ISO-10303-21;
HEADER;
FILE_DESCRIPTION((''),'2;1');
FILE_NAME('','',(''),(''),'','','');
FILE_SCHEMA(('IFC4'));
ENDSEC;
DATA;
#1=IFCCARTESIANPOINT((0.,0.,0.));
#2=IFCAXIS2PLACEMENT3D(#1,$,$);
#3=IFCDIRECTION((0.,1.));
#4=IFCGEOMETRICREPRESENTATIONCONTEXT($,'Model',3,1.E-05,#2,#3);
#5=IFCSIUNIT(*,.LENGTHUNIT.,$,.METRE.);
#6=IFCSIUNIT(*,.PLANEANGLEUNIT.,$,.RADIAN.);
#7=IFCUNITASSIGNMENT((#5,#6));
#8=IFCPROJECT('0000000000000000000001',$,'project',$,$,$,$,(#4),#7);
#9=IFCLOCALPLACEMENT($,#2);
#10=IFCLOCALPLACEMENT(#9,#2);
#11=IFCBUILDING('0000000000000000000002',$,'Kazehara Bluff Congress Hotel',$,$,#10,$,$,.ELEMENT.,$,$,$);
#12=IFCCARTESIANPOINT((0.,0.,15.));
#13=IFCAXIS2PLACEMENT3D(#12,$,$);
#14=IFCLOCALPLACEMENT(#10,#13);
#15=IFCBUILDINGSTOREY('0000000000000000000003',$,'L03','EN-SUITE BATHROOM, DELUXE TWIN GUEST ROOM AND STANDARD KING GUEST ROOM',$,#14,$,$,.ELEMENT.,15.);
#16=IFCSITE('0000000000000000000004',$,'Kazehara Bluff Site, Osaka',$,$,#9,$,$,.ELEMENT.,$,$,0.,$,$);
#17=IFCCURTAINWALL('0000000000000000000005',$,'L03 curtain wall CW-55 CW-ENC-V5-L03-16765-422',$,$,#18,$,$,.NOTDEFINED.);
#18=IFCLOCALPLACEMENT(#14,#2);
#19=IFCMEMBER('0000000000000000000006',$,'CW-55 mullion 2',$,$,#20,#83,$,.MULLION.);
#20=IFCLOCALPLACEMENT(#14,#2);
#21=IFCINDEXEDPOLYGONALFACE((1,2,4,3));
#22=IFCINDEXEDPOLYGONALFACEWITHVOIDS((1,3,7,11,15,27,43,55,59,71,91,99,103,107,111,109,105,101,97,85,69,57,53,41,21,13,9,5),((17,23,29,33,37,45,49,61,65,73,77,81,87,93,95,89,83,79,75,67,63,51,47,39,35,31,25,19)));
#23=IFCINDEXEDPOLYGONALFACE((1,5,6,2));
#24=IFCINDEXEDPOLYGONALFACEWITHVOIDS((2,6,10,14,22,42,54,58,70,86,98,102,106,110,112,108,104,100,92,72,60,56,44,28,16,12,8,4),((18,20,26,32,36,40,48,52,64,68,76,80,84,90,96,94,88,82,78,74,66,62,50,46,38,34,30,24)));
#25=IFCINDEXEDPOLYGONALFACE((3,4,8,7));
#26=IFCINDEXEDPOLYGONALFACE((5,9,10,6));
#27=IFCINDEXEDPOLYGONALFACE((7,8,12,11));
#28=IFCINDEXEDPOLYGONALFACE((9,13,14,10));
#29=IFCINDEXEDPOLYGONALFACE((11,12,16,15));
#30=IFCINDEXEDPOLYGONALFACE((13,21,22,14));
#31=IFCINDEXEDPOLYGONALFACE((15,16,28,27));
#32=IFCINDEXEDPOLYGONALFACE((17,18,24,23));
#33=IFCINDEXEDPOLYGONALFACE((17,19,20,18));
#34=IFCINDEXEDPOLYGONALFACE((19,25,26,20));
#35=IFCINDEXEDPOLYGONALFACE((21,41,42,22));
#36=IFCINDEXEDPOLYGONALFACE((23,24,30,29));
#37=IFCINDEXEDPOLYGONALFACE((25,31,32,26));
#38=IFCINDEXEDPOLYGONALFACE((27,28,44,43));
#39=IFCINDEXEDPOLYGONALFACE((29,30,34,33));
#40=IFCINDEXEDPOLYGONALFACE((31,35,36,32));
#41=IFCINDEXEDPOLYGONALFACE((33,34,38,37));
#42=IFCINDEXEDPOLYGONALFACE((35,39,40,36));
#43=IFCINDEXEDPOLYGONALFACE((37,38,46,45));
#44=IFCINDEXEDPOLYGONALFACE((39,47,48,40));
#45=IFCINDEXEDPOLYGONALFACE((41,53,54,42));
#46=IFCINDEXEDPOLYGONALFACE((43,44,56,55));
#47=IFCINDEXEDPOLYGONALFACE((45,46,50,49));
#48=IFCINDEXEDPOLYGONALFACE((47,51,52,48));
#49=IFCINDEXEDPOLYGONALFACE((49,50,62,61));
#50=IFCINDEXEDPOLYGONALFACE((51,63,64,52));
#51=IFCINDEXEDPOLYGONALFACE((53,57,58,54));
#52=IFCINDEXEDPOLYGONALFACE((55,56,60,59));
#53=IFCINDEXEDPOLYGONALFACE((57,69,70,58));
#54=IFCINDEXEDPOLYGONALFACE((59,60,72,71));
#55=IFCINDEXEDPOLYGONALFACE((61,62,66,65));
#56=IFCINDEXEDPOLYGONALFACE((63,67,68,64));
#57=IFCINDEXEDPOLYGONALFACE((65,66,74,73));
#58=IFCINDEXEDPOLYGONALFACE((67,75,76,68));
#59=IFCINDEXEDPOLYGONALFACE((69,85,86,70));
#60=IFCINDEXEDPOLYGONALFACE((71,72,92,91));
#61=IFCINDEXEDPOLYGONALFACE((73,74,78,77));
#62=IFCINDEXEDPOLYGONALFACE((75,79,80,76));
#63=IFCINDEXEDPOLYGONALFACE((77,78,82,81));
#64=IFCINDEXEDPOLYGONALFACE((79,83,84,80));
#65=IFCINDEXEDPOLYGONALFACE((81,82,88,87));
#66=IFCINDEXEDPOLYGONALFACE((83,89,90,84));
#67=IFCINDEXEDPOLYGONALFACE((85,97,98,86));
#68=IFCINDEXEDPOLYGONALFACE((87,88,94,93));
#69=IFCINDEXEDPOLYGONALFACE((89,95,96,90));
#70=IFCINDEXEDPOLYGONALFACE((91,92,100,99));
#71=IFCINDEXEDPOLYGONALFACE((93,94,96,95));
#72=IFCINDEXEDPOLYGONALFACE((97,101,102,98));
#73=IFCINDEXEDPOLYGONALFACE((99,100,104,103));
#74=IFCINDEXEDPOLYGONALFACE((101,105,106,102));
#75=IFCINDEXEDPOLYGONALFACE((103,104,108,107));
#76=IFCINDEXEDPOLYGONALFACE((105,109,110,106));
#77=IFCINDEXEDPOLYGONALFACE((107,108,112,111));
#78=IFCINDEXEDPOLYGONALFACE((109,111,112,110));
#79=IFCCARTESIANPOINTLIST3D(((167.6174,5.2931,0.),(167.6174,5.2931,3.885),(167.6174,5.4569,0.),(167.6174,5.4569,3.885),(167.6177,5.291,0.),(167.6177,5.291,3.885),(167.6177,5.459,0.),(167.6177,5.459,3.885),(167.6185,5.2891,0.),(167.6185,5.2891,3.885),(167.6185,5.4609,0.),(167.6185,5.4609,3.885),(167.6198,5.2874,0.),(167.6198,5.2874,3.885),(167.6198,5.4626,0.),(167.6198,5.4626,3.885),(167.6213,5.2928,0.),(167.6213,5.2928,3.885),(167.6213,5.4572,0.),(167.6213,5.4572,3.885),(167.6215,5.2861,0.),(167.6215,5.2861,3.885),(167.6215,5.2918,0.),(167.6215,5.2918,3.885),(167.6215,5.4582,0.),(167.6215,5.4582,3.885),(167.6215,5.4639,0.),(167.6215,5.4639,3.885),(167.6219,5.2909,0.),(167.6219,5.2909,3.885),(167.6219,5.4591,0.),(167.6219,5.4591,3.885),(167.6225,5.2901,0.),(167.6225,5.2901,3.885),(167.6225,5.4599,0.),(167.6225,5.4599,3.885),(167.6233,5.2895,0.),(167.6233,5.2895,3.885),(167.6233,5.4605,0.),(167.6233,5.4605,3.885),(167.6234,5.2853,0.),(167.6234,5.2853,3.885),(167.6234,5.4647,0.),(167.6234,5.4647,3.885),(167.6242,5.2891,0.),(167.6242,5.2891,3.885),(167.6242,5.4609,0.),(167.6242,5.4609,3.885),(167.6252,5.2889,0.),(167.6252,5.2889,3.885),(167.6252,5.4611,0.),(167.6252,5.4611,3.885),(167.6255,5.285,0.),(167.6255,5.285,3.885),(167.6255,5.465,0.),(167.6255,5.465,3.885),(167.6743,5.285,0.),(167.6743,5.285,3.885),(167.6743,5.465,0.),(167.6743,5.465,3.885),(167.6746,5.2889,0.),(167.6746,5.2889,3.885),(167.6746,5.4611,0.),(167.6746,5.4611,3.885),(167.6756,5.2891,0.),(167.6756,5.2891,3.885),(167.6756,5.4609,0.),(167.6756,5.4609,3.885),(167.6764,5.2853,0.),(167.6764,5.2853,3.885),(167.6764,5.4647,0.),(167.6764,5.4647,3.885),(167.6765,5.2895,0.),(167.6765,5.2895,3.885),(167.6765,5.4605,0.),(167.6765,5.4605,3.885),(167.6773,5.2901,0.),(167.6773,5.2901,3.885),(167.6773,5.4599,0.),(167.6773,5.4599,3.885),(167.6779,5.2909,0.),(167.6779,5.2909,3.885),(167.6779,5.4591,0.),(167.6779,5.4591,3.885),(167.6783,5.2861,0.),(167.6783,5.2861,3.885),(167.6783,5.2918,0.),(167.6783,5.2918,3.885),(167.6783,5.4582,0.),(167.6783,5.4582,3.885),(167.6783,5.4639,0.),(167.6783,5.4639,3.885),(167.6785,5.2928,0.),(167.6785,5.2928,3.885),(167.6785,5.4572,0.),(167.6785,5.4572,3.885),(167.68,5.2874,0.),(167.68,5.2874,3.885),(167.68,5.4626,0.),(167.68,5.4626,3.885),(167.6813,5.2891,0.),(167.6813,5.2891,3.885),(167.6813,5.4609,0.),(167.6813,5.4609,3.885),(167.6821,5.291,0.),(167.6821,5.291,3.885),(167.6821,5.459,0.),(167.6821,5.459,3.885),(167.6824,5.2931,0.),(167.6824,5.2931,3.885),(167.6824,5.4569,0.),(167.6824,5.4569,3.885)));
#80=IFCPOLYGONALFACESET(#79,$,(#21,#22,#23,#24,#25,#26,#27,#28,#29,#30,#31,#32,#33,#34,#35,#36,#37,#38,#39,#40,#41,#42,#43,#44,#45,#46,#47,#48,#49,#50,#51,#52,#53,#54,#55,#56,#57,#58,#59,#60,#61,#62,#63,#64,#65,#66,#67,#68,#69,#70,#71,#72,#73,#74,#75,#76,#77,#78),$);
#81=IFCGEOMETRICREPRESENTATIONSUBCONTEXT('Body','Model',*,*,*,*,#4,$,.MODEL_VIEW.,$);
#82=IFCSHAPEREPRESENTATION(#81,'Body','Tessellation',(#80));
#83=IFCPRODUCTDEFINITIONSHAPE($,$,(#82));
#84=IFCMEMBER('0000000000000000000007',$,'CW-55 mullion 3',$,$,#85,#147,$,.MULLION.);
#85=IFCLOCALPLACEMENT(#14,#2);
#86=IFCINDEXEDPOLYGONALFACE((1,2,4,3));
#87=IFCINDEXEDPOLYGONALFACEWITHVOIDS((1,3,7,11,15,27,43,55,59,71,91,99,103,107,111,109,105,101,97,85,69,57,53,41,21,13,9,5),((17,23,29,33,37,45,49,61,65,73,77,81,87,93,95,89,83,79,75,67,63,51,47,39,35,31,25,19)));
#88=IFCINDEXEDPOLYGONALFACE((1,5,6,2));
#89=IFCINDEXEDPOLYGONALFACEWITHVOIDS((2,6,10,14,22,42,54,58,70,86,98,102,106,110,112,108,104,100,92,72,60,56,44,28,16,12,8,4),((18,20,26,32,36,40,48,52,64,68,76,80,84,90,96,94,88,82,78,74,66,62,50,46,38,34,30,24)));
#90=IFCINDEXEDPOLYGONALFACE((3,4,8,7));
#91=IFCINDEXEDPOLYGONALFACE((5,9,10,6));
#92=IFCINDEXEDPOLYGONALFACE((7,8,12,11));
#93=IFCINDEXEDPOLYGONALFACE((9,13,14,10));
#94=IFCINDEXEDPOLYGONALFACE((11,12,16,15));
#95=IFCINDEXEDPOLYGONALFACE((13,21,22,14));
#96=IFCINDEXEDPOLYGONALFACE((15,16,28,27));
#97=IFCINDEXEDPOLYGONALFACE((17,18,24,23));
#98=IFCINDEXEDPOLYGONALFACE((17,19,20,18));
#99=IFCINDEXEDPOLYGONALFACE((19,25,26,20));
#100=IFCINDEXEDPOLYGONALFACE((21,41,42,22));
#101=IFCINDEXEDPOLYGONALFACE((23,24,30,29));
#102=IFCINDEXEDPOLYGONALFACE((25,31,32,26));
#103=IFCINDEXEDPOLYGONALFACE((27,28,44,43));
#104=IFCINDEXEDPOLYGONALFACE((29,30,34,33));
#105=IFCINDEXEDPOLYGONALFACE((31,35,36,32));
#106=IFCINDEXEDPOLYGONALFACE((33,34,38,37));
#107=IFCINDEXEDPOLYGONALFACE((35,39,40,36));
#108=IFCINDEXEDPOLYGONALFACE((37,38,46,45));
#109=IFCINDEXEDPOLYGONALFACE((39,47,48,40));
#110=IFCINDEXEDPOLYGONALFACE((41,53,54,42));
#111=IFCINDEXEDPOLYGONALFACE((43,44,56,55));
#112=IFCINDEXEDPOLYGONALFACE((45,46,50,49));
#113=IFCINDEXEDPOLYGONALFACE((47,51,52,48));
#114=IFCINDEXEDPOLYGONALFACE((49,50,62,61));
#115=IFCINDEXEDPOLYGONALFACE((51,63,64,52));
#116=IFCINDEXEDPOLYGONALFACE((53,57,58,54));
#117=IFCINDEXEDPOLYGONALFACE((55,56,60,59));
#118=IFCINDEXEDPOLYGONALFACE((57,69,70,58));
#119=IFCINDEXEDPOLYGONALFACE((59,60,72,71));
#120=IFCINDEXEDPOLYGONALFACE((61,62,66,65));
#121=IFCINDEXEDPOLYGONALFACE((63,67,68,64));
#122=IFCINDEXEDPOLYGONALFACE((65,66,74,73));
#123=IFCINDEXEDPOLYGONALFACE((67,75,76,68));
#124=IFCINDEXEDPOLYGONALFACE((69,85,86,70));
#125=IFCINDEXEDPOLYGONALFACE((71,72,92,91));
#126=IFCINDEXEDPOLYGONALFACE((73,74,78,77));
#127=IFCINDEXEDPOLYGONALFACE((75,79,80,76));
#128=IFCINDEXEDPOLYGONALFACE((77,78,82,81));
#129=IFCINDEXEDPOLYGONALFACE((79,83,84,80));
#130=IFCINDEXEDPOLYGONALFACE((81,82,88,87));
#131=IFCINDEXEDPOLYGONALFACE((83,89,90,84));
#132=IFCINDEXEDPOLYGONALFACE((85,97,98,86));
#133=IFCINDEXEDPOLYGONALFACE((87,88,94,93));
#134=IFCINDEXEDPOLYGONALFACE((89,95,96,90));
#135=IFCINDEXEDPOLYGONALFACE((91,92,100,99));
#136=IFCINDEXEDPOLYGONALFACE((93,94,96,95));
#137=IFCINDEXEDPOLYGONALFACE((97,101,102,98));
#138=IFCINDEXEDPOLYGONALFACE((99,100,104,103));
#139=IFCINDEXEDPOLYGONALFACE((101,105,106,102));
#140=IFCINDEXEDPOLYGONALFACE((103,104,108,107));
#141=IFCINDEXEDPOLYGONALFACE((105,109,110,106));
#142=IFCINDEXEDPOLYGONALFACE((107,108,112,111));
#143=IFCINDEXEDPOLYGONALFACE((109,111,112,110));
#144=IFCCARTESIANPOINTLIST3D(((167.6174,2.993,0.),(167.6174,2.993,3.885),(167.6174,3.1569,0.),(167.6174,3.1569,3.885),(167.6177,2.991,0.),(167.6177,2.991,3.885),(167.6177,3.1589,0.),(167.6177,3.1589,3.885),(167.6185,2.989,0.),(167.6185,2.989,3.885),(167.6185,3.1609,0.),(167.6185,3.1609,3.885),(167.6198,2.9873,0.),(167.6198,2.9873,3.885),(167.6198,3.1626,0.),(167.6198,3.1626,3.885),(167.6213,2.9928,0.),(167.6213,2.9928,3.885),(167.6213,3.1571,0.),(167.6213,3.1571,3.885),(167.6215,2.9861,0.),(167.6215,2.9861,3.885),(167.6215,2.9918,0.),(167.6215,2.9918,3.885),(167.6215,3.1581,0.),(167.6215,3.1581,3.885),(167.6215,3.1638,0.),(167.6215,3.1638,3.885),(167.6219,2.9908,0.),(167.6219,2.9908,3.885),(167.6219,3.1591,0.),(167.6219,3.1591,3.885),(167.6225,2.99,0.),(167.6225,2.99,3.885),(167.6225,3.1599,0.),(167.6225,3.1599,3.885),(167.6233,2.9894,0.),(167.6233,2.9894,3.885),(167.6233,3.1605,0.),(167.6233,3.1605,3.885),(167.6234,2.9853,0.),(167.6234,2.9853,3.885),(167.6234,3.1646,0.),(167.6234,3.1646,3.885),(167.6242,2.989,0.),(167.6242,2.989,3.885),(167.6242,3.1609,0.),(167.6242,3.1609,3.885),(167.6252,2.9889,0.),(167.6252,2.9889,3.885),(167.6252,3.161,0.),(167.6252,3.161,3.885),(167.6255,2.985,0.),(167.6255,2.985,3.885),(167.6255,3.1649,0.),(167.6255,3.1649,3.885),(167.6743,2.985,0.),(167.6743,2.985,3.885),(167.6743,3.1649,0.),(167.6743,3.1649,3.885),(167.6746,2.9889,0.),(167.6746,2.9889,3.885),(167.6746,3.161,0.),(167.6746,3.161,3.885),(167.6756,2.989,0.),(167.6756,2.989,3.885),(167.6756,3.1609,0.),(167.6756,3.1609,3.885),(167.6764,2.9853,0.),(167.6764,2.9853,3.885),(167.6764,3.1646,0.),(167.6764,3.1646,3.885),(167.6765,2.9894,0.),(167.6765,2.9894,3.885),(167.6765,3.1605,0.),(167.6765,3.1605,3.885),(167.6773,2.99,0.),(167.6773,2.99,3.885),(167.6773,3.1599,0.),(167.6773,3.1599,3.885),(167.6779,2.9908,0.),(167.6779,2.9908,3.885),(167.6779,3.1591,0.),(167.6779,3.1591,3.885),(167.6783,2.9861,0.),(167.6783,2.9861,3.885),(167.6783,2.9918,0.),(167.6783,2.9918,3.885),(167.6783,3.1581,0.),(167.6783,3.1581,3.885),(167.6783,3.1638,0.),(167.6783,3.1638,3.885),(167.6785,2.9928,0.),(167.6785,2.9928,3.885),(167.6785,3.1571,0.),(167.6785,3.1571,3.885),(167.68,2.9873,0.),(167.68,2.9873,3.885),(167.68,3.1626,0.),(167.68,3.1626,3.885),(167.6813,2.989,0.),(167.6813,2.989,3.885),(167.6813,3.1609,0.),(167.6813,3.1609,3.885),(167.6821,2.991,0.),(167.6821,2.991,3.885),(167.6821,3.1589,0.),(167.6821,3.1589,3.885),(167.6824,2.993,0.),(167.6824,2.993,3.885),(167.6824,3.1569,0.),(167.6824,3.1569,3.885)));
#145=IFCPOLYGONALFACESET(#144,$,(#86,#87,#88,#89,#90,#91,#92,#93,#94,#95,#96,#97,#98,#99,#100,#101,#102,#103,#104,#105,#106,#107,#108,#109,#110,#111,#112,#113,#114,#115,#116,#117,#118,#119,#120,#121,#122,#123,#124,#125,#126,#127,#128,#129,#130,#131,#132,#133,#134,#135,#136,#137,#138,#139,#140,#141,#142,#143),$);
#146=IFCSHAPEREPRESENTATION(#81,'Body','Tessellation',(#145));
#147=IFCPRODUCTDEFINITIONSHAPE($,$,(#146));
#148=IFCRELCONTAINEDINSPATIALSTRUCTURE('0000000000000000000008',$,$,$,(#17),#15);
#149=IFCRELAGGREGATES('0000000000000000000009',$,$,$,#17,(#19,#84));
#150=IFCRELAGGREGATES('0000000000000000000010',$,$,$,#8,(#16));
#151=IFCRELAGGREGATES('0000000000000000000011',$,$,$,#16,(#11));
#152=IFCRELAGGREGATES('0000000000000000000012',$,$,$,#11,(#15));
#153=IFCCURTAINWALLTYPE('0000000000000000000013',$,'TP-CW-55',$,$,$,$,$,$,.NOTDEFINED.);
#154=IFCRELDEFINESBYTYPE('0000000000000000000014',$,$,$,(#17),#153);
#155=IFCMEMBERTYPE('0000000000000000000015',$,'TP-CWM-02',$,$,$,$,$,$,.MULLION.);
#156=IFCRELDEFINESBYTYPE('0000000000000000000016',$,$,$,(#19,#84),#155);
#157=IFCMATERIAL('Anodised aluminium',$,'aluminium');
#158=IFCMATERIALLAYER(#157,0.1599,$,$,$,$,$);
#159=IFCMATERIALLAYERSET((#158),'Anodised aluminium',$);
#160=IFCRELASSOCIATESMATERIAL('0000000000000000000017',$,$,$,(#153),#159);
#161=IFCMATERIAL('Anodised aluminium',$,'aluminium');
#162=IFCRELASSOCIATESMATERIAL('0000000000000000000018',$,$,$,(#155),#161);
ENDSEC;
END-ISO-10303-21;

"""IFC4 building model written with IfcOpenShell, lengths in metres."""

from ifc_helpers import new_model, si_unit, direction, frame, origin, origin_2d, place, context, subcontext, project, spatial, hollow_rectangle, extrude, material, layer, layer_set, material_profile, profile_set, type_object, element, aggregate, save


model = new_model("IFC4")

# Units and contexts
model_context = context("Model", 3, precision=1e-05, world=origin(), true_north=direction((0.0, 1.0)))
body_context = subcontext(model_context, "Body", "Model", "MODEL_VIEW")
ifc_project = project(units=[si_unit("LENGTHUNIT", "METRE"), si_unit("PLANEANGLEUNIT", "RADIAN")], contexts=[model_context])

# Site, building, storey
site_placement = place(None, origin())
site = spatial("IfcSite", under=ifc_project, at=site_placement, Name="Kazehara Bluff Site, Osaka", CompositionType="ELEMENT", RefElevation=0.0)
building_placement = place(site_placement, origin())
building = spatial("IfcBuilding", under=site, at=building_placement, Name="Kazehara Bluff Congress Hotel", CompositionType="ELEMENT")
storey_placement = place(building_placement, frame((0.0, 0.0, 15.0)))
storey = spatial("IfcBuildingStorey", under=building, at=storey_placement, Name="L03", Description="EN-SUITE BATHROOM, DELUXE TWIN GUEST ROOM AND STANDARD KING GUEST ROOM", CompositionType="ELEMENT", Elevation=15.0)

# Curtain wall, members
ifc_material_1 = material(Name="Anodised aluminium", Category="aluminium")
ifc_layer_1 = layer(ifc_material_1, 0.1599)
ifc_layer_set_1 = layer_set([ifc_layer_1], Name="Anodised aluminium")
curtain_wall_type_1 = type_object("IfcCurtainWallType", Name="TP-CW-55", PredefinedType="NOTDEFINED", material=ifc_layer_set_1)
curtain_wall_1_placement = place(storey_placement, origin())
curtain_wall_1 = element("IfcCurtainWall", 1, at=curtain_wall_1_placement, inside=storey, type_object=curtain_wall_type_1, Name="L03 curtain wall CW-55 CW-ENC-V5-L03-16765-422", PredefinedType="NOTDEFINED")
ifc_material_2 = material(Name="Anodised aluminium", Category="aluminium")
ifc_material_profile_1 = material_profile(ifc_material_2, hollow_rectangle(XDim=0.0649, YDim=0.1799, WallThickness=0.0039, InnerFilletRadius=0.0039, OuterFilletRadius=0.0081, at=origin_2d()))
ifc_profile_set_1 = profile_set([ifc_material_profile_1], Name="Anodised aluminium")
member_type_1 = type_object("IfcMemberType", Name="TP-CWM-02", PredefinedType="MULLION", material=ifc_profile_set_1)
member_1_placement = place(storey_placement, frame((167.6499, 5.375, 0.0), z_axis=(0.0, 0.0, 1.0), x_axis=(1.0, 0.0, 0.0)))
member_1 = element("IfcMember", 2, at=member_1_placement, type_object=member_type_1, Name="CW-55 mullion 2", PredefinedType="MULLION", context=body_context, shape_type="SweptSolid", body=[
    extrude(hollow_rectangle(XDim=0.0649, YDim=0.1799, WallThickness=0.0039, InnerFilletRadius=0.0039, OuterFilletRadius=0.0081, at=origin_2d()), origin(), (0.0, 0.0, 1.0), 3.885),
])
member_2_placement = place(storey_placement, frame((167.6499, 3.075, 0.0), z_axis=(0.0, 0.0, 1.0), x_axis=(1.0, 0.0, 0.0)))
member_2 = element("IfcMember", 3, at=member_2_placement, type_object=member_type_1, Name="CW-55 mullion 3", PredefinedType="MULLION", context=body_context, shape_type="SweptSolid", body=[
    extrude(hollow_rectangle(XDim=0.0649, YDim=0.1799, WallThickness=0.0039, InnerFilletRadius=0.0039, OuterFilletRadius=0.0081, at=origin_2d()), origin(), (0.0, 0.0, 1.0), 3.885),
])

aggregate(curtain_wall_1, [member_1, member_2])

save(model, "model.ifc")
